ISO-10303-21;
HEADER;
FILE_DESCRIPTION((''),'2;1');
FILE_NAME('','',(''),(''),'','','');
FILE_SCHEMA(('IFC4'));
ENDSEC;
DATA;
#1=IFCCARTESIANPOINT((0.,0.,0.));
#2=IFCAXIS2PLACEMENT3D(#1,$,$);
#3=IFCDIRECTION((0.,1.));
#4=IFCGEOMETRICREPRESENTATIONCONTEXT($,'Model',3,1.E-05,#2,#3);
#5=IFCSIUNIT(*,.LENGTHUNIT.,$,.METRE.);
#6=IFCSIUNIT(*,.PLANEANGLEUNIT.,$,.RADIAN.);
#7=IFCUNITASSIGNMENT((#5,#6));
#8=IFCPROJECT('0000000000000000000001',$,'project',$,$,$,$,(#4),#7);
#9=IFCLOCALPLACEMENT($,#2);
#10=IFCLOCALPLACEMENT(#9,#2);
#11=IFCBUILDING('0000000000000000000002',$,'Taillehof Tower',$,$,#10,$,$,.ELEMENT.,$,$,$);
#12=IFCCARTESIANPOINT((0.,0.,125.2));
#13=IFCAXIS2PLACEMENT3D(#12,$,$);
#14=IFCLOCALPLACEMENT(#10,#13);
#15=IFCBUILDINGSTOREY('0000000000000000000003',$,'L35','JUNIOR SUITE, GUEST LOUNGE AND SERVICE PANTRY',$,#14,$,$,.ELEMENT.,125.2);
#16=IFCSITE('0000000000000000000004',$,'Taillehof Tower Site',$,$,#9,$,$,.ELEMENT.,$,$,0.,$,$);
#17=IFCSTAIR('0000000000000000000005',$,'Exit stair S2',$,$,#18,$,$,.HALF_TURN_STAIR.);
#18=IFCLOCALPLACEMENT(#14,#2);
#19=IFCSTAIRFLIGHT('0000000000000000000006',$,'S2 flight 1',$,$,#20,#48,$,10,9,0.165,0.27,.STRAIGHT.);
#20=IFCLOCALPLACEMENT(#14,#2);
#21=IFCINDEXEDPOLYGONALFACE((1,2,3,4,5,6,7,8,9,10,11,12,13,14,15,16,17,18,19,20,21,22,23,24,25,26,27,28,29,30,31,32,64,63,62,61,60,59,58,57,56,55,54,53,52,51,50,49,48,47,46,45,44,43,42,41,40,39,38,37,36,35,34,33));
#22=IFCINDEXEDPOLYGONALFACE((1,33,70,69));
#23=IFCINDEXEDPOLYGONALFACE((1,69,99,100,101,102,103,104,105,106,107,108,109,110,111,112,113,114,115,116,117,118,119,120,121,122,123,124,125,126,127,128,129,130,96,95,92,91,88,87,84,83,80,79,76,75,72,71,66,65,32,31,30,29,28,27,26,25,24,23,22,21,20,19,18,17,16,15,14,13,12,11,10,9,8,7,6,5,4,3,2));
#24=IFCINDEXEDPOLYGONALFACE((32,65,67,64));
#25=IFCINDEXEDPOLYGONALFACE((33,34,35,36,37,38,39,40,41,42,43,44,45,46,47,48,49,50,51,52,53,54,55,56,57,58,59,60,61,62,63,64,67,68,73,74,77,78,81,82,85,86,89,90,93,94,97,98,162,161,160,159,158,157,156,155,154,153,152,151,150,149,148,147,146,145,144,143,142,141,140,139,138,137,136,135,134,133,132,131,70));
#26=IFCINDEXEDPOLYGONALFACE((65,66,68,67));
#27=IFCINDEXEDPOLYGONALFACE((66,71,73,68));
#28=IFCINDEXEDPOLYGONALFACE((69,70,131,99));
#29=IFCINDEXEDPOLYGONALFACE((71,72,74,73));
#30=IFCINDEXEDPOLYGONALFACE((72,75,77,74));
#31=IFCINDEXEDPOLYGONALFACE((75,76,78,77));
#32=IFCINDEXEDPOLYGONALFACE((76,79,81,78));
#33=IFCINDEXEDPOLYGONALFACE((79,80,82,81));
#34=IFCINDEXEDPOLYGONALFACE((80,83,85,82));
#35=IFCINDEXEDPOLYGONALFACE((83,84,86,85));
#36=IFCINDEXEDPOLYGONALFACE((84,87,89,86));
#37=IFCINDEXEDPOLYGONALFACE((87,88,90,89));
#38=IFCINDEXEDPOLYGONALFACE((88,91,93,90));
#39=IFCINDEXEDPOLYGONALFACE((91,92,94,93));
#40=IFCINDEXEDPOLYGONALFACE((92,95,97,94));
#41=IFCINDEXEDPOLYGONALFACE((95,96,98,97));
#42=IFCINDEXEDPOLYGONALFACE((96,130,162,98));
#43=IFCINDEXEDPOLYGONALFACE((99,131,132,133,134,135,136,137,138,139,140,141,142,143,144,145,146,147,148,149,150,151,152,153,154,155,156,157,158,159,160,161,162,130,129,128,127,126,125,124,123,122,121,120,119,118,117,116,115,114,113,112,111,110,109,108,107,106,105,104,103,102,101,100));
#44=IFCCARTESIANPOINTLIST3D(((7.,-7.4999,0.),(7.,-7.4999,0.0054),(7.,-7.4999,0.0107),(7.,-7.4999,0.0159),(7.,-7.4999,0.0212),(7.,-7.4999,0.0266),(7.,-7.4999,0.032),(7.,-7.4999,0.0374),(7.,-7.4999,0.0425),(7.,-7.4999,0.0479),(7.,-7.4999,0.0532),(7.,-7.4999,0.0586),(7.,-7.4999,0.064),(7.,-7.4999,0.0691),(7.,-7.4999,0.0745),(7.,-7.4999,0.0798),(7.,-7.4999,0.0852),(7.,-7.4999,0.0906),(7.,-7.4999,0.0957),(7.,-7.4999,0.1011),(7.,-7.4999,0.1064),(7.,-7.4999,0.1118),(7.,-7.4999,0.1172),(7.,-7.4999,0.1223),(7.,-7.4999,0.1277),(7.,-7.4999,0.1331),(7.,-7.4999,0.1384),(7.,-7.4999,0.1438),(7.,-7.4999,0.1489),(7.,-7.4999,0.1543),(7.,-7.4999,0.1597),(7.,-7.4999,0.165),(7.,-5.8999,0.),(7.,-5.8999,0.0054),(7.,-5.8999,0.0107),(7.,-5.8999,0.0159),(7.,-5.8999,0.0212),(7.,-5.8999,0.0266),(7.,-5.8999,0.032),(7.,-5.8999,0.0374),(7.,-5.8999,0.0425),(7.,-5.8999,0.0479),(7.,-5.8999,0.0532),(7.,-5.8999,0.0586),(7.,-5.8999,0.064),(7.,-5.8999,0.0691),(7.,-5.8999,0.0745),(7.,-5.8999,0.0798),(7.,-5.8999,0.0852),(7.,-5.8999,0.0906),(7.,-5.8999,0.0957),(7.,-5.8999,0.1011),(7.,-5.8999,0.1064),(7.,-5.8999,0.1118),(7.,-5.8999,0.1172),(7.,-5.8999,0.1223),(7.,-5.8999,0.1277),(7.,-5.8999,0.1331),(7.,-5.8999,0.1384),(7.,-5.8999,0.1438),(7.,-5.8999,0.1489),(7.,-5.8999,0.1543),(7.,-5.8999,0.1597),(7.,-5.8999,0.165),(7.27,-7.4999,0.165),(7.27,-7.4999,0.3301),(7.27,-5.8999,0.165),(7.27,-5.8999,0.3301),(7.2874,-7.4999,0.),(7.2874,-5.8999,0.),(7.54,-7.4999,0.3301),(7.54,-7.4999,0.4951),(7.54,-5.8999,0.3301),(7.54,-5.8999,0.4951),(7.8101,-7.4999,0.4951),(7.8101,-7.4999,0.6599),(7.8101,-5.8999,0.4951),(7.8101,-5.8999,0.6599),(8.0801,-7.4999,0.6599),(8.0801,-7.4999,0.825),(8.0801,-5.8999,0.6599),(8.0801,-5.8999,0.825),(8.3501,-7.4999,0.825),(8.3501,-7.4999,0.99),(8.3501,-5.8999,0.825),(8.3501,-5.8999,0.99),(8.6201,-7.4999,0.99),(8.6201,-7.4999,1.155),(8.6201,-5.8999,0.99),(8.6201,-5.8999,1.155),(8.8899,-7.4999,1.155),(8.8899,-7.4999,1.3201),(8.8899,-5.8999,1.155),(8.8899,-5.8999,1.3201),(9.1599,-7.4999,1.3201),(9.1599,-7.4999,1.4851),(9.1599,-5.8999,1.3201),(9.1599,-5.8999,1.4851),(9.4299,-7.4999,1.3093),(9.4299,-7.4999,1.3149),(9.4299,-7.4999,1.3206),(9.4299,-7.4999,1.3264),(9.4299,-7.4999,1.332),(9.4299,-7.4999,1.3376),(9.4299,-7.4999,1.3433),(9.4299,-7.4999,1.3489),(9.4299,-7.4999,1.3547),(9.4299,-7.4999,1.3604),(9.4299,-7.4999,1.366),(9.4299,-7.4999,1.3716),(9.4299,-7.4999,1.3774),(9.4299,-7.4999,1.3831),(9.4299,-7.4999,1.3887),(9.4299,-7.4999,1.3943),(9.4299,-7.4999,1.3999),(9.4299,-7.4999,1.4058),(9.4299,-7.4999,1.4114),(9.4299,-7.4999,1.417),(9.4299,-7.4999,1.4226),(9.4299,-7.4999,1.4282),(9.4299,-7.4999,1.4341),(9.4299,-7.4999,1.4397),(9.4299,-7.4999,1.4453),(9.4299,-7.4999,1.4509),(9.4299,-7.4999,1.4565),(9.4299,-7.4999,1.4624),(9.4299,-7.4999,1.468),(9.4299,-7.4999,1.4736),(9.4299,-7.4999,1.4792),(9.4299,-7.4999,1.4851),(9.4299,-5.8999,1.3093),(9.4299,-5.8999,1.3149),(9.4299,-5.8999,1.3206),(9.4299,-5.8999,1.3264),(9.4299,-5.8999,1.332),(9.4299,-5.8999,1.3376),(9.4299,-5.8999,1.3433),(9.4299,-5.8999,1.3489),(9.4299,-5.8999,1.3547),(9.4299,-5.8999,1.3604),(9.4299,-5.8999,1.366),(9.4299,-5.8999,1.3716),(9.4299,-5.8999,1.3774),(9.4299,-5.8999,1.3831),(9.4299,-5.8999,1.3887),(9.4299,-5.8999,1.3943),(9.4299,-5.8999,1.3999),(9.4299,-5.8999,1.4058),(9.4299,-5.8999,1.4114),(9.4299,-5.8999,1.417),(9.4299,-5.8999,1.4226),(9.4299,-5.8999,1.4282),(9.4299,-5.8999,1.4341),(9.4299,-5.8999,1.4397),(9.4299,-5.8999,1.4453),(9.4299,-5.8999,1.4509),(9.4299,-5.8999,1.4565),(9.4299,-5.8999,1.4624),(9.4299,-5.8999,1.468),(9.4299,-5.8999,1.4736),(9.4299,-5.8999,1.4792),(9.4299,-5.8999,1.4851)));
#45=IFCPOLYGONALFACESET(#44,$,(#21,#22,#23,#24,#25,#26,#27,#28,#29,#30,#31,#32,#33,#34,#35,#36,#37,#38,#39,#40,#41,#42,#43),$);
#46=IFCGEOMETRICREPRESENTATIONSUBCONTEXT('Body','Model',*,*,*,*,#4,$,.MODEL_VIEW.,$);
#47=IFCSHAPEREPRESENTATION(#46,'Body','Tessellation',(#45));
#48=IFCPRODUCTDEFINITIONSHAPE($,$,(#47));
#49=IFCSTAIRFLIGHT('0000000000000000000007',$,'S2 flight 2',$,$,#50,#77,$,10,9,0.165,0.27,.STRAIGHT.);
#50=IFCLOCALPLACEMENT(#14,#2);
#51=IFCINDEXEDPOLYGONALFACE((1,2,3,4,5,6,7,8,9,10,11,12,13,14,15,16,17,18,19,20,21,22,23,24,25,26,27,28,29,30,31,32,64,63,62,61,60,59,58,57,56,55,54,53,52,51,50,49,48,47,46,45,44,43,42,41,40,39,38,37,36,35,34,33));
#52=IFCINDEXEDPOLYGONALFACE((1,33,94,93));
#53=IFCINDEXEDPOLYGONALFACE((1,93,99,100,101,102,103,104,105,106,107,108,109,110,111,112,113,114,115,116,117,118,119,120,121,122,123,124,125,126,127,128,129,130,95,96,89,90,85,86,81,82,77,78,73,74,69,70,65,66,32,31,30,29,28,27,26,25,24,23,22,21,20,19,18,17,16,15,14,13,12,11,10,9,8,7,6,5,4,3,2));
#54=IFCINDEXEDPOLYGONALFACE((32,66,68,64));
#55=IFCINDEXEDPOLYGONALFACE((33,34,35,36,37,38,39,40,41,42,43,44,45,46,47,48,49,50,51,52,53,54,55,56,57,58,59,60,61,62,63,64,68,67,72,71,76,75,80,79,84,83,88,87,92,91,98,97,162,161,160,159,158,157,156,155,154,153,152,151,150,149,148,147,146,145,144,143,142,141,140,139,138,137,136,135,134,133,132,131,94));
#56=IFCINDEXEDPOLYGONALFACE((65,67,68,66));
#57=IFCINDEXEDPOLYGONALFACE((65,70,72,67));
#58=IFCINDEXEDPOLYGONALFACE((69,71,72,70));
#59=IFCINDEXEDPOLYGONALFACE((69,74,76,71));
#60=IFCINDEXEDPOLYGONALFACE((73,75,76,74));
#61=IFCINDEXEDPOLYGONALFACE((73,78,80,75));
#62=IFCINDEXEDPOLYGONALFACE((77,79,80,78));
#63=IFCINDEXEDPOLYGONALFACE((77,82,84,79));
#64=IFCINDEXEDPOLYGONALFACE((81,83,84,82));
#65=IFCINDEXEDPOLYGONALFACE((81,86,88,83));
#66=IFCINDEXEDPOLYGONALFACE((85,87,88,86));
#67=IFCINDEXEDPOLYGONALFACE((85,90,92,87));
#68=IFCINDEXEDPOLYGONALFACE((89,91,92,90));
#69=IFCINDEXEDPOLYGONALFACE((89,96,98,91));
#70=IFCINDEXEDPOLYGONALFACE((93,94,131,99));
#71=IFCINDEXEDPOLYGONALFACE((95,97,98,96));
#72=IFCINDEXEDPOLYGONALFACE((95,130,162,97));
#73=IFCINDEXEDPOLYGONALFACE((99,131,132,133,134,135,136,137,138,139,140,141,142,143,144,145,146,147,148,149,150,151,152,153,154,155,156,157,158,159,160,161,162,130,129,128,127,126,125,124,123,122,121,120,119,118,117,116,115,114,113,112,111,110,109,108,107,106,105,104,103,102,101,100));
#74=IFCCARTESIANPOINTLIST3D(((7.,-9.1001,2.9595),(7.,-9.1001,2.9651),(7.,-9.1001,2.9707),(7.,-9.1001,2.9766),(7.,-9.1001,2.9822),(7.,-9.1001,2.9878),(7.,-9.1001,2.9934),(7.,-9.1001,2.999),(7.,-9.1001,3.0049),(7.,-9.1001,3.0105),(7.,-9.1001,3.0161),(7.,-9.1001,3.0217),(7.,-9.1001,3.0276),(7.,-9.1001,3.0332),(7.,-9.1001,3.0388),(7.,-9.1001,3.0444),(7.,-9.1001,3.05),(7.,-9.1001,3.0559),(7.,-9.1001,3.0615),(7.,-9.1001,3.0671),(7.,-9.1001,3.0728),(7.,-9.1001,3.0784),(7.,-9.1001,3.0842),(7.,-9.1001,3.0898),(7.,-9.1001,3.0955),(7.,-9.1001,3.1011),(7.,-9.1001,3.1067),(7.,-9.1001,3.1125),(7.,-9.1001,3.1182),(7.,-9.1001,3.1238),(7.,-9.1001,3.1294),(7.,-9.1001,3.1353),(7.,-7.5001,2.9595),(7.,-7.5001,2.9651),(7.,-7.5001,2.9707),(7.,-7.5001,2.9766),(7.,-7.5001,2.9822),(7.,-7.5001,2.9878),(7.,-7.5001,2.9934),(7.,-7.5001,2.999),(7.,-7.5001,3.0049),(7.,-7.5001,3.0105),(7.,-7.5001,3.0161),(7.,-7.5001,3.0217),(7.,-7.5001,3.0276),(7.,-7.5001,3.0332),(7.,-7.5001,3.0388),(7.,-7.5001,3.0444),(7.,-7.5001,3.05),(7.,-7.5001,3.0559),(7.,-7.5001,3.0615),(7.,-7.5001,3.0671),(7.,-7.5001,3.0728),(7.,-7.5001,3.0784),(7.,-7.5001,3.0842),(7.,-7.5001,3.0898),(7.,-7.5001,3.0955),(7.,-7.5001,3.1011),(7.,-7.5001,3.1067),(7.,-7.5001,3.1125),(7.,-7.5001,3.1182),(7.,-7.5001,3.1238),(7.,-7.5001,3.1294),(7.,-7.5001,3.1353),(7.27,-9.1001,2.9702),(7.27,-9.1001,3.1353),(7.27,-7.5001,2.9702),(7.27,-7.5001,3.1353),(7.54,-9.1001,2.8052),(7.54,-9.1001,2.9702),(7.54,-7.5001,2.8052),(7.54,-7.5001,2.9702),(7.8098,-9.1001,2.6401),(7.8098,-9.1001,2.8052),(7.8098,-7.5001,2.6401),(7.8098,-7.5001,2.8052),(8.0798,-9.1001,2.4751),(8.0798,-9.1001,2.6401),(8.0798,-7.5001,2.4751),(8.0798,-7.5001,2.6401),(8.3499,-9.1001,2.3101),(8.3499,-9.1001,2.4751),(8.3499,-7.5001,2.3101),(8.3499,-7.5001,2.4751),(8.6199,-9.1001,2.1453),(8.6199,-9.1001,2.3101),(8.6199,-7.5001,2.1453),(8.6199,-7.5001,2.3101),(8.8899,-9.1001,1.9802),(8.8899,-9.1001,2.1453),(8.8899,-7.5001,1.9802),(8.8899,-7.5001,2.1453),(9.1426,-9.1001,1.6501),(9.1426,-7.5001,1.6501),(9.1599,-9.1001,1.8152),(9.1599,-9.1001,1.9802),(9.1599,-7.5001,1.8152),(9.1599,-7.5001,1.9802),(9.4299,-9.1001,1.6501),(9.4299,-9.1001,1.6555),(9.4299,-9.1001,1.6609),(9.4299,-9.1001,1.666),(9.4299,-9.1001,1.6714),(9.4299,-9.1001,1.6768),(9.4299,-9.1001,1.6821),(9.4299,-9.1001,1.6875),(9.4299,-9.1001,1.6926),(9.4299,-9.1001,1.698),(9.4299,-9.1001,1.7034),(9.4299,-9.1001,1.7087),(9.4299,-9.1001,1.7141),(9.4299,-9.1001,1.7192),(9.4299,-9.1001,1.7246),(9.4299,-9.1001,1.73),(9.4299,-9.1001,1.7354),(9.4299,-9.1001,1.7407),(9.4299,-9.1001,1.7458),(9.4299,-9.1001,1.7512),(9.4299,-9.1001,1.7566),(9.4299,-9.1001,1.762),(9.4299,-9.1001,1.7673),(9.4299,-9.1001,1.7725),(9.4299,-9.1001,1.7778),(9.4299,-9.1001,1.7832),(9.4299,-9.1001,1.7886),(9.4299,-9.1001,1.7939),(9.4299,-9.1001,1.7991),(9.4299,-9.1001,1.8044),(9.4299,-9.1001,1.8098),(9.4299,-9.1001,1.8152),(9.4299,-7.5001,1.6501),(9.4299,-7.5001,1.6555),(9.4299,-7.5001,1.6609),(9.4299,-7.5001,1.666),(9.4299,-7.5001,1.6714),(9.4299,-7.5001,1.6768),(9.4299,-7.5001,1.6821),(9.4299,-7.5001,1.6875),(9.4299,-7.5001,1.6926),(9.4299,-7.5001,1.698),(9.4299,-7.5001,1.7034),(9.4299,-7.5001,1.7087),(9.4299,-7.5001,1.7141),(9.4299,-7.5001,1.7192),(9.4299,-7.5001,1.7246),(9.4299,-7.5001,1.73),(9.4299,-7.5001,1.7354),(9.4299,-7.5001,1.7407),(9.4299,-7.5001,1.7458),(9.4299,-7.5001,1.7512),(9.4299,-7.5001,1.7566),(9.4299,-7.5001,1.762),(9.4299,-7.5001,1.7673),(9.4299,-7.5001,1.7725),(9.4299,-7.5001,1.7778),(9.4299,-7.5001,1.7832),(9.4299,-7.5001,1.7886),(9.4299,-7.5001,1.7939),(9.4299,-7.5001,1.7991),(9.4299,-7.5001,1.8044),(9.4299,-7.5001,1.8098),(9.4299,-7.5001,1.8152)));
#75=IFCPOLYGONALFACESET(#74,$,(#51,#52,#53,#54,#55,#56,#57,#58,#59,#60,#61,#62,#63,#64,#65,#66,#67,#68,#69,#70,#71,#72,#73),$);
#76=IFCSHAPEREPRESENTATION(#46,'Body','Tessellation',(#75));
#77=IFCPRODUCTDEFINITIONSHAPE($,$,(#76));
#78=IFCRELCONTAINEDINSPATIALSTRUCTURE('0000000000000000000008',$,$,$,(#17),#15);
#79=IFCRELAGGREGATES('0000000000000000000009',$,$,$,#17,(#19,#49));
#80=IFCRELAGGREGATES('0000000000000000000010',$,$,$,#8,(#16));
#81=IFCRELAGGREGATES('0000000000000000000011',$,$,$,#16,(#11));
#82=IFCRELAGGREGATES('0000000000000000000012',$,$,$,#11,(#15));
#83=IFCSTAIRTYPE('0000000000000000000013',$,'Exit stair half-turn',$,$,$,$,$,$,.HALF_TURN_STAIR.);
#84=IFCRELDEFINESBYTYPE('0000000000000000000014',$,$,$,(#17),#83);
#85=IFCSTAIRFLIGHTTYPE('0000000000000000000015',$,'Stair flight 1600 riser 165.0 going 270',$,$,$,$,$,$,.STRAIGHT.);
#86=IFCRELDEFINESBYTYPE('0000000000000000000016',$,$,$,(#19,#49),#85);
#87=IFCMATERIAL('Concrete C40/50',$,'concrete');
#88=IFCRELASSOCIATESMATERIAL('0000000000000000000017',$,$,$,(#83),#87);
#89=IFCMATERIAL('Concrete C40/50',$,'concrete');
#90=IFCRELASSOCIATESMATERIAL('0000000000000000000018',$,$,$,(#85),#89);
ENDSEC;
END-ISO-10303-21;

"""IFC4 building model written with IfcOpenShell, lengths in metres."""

from ifc_helpers import new_model, si_unit, direction, frame, origin, place, context, subcontext, project, spatial, polyline, outline, extrude, material, type_object, element, aggregate, save


model = new_model("IFC4")

# Units and contexts
model_context = context("Model", 3, precision=1e-05, world=origin(), true_north=direction((0.0, 1.0)))
body_context = subcontext(model_context, "Body", "Model", "MODEL_VIEW")
ifc_project = project(units=[si_unit("LENGTHUNIT", "METRE"), si_unit("PLANEANGLEUNIT", "RADIAN")], contexts=[model_context])

# Site, building, storey
site_placement = place(None, origin())
site = spatial("IfcSite", under=ifc_project, at=site_placement, Name="Taillehof Tower Site", CompositionType="ELEMENT", RefElevation=0.0)
building_placement = place(site_placement, origin())
building = spatial("IfcBuilding", under=site, at=building_placement, Name="Taillehof Tower", CompositionType="ELEMENT")
storey_placement = place(building_placement, frame((0.0, 0.0, 125.2)))
storey = spatial("IfcBuildingStorey", under=building, at=storey_placement, Name="L35", Description="JUNIOR SUITE, GUEST LOUNGE AND SERVICE PANTRY", CompositionType="ELEMENT", Elevation=125.2)

# Stair, stair flights
ifc_material_1 = material(Name="Concrete C40/50", Category="concrete")
stair_type = type_object("IfcStairType", Name="Exit stair half-turn", PredefinedType="HALF_TURN_STAIR", material=ifc_material_1)
stair_placement = place(storey_placement, origin())
stair = element("IfcStair", 1, at=stair_placement, inside=storey, type_object=stair_type, Name="Exit stair S2", PredefinedType="HALF_TURN_STAIR")
ifc_material_2 = material(Name="Concrete C40/50", Category="concrete")
stair_flight_type = type_object("IfcStairFlightType", Name="Stair flight 1600 riser 165.0 going 270", PredefinedType="STRAIGHT", material=ifc_material_2)
stair_flight_1_placement = place(storey_placement, frame((7.0, -6.7, 0.0), z_axis=(0.0, 0.0, 1.0), x_axis=(1.0, 0.0, 0.0)))
stair_flight_1 = element("IfcStairFlight", 2, at=stair_flight_1_placement, type_object=stair_flight_type, Name="S2 flight 1", NumberOfRisers=10, NumberOfTreads=9, PredefinedType="STRAIGHT", RiserHeight=0.165, TreadLength=0.27, context=body_context, shape_type="SweptSolid", body=[
    extrude(outline(polyline([(0.0, 0.0), (0.0, 0.0054), (0.0, 0.0107), (0.0, 0.0159), (0.0, 0.0212), (0.0, 0.0266), (0.0, 0.032), (0.0, 0.0374), (0.0, 0.0425), (0.0, 0.0479), (0.0, 0.0532), (0.0, 0.0586), (0.0, 0.064), (0.0, 0.0691), (0.0, 0.0745), (0.0, 0.0798), (0.0, 0.0852), (0.0, 0.0906), (0.0, 0.0957), (0.0, 0.1011), (0.0, 0.1064), (0.0, 0.1118), (0.0, 0.1172), (0.0, 0.1223), (0.0, 0.1277), (0.0, 0.1331), (0.0, 0.1384), (0.0, 0.1438), (0.0, 0.1489), (0.0, 0.1543), (0.0, 0.1597), (0.0, 0.165), (0.27, 0.165), (0.27, 0.3301), (0.54, 0.3301), (0.54, 0.4951), (0.8101, 0.4951), (0.8101, 0.6599), (1.0801, 0.6599), (1.0801, 0.825), (1.3501, 0.825), (1.3501, 0.99), (1.6201, 0.99), (1.6201, 1.155), (1.8899, 1.155), (1.8899, 1.3201), (2.1599, 1.3201), (2.1599, 1.4851), (2.4299, 1.4851), (2.4299, 1.4792), (2.4299, 1.4736), (2.4299, 1.468), (2.4299, 1.4624), (2.4299, 1.4565), (2.4299, 1.4509), (2.4299, 1.4453), (2.4299, 1.4397), (2.4299, 1.4341), (2.4299, 1.4282), (2.4299, 1.4226), (2.4299, 1.417), (2.4299, 1.4114), (2.4299, 1.4058), (2.4299, 1.3999), (2.4299, 1.3943), (2.4299, 1.3887), (2.4299, 1.3831), (2.4299, 1.3774), (2.4299, 1.3716), (2.4299, 1.366), (2.4299, 1.3604), (2.4299, 1.3547), (2.4299, 1.3489), (2.4299, 1.3433), (2.4299, 1.3376), (2.4299, 1.332), (2.4299, 1.3264), (2.4299, 1.3206), (2.4299, 1.3149), (2.4299, 1.3093), (0.2874, 0.0), (0.0, 0.0)])), frame((0.0, 0.8, 0.0), z_axis=(0.0, -1.0, 0.0), x_axis=(1.0, 0.0, 0.0)), (0.0, 0.0, 1.0), 1.6),
])
stair_flight_2_placement = place(storey_placement, frame((9.4299, -8.3, 1.6501), z_axis=(0.0, 0.0, 1.0), x_axis=(-1.0, 0.0, 0.0)))
stair_flight_2 = element("IfcStairFlight", 3, at=stair_flight_2_placement, type_object=stair_flight_type, Name="S2 flight 2", NumberOfRisers=10, NumberOfTreads=9, PredefinedType="STRAIGHT", RiserHeight=0.165, TreadLength=0.27, context=body_context, shape_type="SweptSolid", body=[
    extrude(outline(polyline([(0.0, 0.0), (0.0, 0.0054), (0.0, 0.0107), (0.0, 0.0159), (0.0, 0.0212), (0.0, 0.0266), (0.0, 0.032), (0.0, 0.0374), (0.0, 0.0425), (0.0, 0.0479), (0.0, 0.0532), (0.0, 0.0586), (0.0, 0.064), (0.0, 0.0691), (0.0, 0.0745), (0.0, 0.0798), (0.0, 0.0852), (0.0, 0.0906), (0.0, 0.0957), (0.0, 0.1011), (0.0, 0.1064), (0.0, 0.1118), (0.0, 0.1172), (0.0, 0.1223), (0.0, 0.1277), (0.0, 0.1331), (0.0, 0.1384), (0.0, 0.1438), (0.0, 0.1489), (0.0, 0.1543), (0.0, 0.1597), (0.0, 0.165), (0.27, 0.165), (0.27, 0.3301), (0.54, 0.3301), (0.54, 0.4951), (0.8101, 0.4951), (0.8101, 0.6599), (1.0801, 0.6599), (1.0801, 0.825), (1.3501, 0.825), (1.3501, 0.99), (1.6201, 0.99), (1.6201, 1.155), (1.8899, 1.155), (1.8899, 1.3201), (2.1599, 1.3201), (2.1599, 1.4851), (2.4299, 1.4851), (2.4299, 1.4792), (2.4299, 1.4736), (2.4299, 1.468), (2.4299, 1.4624), (2.4299, 1.4565), (2.4299, 1.4509), (2.4299, 1.4453), (2.4299, 1.4397), (2.4299, 1.4341), (2.4299, 1.4282), (2.4299, 1.4226), (2.4299, 1.417), (2.4299, 1.4114), (2.4299, 1.4058), (2.4299, 1.3999), (2.4299, 1.3943), (2.4299, 1.3887), (2.4299, 1.3831), (2.4299, 1.3774), (2.4299, 1.3716), (2.4299, 1.366), (2.4299, 1.3604), (2.4299, 1.3547), (2.4299, 1.3489), (2.4299, 1.3433), (2.4299, 1.3376), (2.4299, 1.332), (2.4299, 1.3264), (2.4299, 1.3206), (2.4299, 1.3149), (2.4299, 1.3093), (0.2874, 0.0), (0.0, 0.0)])), frame((0.0, 0.8, 0.0), z_axis=(0.0, -1.0, 0.0), x_axis=(1.0, 0.0, 0.0)), (0.0, 0.0, 1.0), 1.6),
])
aggregate(stair, [stair_flight_1, stair_flight_2])

save(model, "model.ifc")
